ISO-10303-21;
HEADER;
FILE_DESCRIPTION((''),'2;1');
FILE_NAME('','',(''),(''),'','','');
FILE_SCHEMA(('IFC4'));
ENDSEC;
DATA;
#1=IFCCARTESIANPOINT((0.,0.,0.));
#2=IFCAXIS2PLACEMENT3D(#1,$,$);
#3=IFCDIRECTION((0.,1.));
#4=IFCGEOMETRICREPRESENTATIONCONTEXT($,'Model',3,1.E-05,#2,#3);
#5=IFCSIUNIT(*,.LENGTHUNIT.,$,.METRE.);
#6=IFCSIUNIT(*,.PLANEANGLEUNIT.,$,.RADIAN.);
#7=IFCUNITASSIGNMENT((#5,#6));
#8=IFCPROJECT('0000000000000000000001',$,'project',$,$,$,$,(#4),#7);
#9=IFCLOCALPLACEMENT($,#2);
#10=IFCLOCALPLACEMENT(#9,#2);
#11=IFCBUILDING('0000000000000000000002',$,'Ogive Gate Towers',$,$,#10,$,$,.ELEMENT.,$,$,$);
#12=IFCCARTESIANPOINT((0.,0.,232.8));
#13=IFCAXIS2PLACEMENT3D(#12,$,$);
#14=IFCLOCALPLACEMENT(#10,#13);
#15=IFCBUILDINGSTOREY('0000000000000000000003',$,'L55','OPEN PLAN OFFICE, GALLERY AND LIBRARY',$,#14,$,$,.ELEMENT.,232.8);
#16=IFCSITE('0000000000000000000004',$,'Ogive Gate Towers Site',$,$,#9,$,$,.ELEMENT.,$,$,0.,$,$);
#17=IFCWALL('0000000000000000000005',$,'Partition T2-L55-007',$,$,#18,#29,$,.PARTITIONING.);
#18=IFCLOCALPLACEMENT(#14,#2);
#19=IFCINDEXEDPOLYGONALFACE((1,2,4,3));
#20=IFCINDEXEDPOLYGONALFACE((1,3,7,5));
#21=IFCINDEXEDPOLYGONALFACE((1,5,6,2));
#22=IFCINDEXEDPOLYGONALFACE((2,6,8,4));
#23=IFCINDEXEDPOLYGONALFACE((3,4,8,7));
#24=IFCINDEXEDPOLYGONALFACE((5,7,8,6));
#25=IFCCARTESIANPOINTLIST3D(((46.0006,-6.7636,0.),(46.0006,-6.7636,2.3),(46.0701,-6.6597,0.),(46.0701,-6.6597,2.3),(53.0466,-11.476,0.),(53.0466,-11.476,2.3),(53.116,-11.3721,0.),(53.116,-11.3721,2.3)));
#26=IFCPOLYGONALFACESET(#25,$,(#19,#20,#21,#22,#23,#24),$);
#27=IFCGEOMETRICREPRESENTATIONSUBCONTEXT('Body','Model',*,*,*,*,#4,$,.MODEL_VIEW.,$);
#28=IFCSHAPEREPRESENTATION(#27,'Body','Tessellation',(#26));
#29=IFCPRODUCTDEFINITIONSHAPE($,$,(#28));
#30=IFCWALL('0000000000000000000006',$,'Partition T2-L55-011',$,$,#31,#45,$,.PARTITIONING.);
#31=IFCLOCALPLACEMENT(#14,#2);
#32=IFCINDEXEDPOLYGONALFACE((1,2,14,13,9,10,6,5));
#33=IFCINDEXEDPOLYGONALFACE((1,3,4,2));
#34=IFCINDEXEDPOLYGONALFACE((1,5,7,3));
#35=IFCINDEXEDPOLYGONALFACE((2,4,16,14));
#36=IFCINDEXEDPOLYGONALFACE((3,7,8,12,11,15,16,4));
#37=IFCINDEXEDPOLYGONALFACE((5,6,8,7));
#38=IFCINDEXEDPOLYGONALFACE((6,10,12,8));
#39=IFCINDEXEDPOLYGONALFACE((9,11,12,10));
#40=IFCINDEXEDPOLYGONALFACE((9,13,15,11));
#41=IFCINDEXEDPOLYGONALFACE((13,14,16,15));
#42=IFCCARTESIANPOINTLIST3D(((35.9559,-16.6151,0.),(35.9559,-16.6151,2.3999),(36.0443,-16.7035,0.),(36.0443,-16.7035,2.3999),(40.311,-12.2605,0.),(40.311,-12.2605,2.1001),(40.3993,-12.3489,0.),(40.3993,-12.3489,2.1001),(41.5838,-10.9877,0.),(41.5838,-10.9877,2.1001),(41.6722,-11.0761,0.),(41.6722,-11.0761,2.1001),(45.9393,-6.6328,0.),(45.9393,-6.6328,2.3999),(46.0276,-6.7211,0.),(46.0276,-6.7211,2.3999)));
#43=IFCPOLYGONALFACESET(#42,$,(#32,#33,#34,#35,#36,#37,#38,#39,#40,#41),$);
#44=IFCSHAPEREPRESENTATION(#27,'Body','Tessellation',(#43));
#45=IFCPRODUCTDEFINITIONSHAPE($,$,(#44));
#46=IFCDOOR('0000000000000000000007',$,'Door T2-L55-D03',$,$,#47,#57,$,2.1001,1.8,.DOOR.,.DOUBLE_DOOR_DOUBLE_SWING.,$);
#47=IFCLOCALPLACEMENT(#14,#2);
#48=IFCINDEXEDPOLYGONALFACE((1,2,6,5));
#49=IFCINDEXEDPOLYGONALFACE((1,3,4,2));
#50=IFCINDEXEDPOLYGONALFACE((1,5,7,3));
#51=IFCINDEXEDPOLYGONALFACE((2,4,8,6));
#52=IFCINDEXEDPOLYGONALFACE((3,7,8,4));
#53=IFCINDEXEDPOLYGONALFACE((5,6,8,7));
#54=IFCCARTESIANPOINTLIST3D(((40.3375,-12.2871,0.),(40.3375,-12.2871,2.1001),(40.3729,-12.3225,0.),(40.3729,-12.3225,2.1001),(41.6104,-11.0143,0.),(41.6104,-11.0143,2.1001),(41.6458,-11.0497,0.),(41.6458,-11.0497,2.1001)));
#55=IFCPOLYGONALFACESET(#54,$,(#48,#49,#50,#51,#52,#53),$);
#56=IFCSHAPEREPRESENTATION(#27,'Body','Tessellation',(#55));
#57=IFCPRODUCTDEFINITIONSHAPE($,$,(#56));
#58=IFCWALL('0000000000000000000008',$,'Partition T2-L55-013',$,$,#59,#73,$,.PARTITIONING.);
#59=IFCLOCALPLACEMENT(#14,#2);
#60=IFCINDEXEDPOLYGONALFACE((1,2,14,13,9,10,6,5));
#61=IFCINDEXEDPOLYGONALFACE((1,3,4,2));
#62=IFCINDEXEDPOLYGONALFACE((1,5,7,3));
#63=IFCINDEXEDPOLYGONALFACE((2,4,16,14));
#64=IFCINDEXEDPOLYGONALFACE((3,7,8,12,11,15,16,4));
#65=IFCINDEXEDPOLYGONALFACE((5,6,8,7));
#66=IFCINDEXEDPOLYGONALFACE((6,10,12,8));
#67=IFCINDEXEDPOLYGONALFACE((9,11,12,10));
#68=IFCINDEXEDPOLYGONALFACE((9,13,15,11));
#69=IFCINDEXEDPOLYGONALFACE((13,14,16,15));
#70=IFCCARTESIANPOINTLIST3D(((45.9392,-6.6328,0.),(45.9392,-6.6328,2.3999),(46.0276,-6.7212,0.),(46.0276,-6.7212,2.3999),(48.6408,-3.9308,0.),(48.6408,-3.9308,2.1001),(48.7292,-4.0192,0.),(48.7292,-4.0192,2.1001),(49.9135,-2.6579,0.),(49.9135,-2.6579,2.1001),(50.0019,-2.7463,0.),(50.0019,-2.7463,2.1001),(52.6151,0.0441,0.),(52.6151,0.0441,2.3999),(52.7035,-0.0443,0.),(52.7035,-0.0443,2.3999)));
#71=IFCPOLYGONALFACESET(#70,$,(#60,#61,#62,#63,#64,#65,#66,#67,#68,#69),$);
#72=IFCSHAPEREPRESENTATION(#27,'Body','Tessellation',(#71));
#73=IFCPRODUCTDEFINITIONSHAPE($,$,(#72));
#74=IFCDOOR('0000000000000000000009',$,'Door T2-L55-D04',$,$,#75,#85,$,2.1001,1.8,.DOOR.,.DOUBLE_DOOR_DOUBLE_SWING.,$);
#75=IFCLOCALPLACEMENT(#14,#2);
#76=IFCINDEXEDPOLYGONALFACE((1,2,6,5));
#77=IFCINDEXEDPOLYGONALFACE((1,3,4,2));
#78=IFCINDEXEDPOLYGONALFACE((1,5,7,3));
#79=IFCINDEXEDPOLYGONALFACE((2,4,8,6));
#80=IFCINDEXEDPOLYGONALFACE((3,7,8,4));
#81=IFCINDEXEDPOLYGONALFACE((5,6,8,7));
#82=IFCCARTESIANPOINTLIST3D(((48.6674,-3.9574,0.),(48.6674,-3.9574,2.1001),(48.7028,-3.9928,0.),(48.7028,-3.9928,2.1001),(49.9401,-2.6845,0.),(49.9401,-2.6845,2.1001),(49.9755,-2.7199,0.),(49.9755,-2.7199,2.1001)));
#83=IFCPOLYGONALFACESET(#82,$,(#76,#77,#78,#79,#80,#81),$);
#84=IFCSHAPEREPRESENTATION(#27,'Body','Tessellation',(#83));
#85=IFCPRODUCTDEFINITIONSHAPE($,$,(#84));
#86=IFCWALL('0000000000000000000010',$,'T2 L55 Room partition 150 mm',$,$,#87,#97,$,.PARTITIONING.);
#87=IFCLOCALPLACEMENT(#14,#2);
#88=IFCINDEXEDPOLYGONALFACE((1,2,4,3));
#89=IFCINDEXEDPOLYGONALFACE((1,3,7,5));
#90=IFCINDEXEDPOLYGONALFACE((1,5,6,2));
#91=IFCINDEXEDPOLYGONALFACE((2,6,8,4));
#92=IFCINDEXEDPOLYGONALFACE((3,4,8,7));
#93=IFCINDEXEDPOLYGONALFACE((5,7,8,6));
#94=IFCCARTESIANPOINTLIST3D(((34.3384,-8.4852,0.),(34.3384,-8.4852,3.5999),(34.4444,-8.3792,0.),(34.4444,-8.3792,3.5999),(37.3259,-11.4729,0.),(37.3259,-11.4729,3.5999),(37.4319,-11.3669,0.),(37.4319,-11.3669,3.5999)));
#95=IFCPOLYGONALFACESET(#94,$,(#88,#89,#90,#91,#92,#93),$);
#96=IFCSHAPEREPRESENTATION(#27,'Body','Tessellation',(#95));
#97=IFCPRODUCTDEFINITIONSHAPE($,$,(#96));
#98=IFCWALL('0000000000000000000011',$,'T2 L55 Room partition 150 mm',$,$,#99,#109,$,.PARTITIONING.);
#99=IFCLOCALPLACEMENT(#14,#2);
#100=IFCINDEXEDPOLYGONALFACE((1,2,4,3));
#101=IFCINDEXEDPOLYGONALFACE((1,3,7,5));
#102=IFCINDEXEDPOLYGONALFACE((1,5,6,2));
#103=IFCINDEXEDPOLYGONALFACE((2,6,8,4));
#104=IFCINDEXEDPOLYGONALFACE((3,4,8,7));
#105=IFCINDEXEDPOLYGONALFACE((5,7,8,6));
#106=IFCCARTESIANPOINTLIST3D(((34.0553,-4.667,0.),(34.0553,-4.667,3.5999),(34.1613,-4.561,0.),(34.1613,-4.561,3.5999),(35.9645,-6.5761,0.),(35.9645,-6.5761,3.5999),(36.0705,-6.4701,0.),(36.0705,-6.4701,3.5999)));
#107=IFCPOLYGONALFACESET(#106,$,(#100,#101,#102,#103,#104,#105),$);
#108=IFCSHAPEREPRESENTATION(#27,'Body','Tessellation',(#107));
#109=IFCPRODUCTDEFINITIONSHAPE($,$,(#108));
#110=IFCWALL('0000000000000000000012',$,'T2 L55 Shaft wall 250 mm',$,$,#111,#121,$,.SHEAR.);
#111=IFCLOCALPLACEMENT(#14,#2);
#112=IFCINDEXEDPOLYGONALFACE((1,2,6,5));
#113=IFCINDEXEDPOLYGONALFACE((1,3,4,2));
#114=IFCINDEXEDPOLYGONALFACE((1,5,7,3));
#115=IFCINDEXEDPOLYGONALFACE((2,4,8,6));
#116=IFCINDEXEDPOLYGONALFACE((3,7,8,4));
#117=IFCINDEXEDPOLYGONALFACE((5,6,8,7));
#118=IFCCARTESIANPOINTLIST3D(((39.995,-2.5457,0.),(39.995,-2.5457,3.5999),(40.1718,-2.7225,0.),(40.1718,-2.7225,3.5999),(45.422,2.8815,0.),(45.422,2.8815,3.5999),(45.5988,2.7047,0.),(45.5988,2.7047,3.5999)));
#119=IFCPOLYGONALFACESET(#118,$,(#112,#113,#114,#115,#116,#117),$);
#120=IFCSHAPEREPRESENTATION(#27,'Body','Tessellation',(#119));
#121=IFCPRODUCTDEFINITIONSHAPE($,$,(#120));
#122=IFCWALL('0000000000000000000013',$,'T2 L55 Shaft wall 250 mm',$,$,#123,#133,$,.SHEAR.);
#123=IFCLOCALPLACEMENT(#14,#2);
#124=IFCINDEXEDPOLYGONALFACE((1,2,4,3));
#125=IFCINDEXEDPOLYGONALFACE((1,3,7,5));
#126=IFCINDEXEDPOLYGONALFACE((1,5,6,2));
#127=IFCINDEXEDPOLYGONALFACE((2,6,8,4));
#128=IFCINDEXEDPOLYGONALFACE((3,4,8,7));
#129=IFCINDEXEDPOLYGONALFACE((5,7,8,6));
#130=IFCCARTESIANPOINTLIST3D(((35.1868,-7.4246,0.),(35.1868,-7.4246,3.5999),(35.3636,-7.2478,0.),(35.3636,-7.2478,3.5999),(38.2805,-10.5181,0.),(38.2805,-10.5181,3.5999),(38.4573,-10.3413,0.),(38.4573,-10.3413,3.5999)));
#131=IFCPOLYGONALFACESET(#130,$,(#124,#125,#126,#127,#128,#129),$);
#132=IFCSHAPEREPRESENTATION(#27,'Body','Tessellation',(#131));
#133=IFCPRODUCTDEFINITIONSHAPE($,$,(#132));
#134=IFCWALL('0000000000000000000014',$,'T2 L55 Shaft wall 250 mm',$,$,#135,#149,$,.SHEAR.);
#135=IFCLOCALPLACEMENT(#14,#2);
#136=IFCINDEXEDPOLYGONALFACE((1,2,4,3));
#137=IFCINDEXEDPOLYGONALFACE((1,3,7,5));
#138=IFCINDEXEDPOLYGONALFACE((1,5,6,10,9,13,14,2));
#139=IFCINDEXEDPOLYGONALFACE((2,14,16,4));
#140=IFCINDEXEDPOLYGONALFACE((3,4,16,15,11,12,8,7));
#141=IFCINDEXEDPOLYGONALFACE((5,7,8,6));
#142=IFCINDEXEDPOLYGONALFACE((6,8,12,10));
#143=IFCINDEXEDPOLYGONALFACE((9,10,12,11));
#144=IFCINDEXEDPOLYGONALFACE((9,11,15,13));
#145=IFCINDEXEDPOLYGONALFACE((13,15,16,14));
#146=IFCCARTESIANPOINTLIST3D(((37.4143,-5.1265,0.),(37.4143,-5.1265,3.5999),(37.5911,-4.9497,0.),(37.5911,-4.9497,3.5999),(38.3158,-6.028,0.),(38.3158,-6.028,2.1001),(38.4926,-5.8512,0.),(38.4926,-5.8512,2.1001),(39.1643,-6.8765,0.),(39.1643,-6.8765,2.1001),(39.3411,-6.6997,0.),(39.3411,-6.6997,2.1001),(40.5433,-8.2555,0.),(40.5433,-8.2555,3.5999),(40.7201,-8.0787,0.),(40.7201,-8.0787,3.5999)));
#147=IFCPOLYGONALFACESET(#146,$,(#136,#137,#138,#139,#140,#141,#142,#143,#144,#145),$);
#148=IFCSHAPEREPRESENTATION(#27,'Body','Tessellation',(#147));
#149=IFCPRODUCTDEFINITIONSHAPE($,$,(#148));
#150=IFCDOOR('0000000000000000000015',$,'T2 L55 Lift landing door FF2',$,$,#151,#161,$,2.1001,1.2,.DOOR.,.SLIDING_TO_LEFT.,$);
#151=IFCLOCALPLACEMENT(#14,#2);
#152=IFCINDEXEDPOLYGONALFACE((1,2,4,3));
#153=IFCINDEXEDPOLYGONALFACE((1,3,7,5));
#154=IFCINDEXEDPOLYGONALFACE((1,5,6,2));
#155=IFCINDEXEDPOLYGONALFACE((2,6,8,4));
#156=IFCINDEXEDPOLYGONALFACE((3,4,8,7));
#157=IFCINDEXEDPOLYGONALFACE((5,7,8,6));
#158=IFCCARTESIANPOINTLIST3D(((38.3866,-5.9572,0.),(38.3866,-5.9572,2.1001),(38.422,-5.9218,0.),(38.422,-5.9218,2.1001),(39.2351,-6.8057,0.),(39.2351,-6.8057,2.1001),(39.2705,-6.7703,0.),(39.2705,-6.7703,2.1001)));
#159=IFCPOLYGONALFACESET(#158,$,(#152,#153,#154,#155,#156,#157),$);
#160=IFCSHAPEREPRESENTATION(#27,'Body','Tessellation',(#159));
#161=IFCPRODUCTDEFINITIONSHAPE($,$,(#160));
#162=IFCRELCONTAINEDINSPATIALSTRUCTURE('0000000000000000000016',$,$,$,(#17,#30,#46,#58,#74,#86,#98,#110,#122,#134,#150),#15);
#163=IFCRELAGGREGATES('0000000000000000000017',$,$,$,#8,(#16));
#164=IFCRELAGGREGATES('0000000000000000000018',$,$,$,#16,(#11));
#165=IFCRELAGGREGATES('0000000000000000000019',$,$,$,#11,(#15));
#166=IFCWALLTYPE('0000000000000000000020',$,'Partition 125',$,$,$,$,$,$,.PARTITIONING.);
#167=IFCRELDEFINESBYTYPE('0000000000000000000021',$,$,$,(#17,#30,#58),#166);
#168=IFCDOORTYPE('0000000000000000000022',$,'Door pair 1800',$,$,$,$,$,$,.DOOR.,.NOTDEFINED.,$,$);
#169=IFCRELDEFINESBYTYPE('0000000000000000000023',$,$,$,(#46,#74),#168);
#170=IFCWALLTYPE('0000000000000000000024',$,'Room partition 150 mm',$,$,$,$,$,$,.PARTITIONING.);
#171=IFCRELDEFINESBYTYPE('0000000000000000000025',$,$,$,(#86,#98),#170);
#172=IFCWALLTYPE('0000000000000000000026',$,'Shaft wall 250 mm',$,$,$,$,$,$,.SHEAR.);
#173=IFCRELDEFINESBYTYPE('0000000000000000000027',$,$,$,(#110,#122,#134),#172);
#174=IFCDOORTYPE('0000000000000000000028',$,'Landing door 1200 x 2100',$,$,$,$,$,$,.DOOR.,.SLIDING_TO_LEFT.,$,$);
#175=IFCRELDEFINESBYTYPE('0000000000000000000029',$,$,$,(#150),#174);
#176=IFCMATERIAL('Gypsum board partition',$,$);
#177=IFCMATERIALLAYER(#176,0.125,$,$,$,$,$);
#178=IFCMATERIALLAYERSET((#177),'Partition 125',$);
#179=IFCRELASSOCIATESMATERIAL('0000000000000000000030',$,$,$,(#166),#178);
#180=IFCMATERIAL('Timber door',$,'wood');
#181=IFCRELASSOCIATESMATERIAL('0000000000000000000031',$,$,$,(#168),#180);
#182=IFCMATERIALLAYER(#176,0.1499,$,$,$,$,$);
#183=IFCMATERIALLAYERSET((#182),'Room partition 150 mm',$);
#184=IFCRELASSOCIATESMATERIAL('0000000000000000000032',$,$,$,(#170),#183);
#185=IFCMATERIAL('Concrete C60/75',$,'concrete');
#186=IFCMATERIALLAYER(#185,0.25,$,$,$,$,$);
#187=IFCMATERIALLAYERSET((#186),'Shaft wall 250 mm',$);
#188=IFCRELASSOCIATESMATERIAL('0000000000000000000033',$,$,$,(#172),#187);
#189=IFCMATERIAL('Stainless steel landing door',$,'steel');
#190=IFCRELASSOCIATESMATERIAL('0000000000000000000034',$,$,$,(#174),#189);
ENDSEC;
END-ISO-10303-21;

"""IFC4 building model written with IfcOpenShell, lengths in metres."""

from ifc_helpers import new_model, si_unit, direction, frame, frame_2d, origin, place, context, subcontext, project, spatial, rectangle, extrude, material, layer, layer_set, type_object, element, fill, save


model = new_model("IFC4")

# Units and contexts
model_context = context("Model", 3, precision=1e-05, world=origin(), true_north=direction((0.0, 1.0)))
body_context = subcontext(model_context, "Body", "Model", "MODEL_VIEW")
ifc_project = project(units=[si_unit("LENGTHUNIT", "METRE"), si_unit("PLANEANGLEUNIT", "RADIAN")], contexts=[model_context])

# Site, building, storey
site_placement = place(None, origin())
site = spatial("IfcSite", under=ifc_project, at=site_placement, Name="Ogive Gate Towers Site", CompositionType="ELEMENT", RefElevation=0.0)
building_placement = place(site_placement, origin())
building = spatial("IfcBuilding", under=site, at=building_placement, Name="Ogive Gate Towers", CompositionType="ELEMENT")
storey_placement = place(building_placement, frame((0.0, 0.0, 232.8)))
storey = spatial("IfcBuildingStorey", under=building, at=storey_placement, Name="L55", Description="OPEN PLAN OFFICE, GALLERY AND LIBRARY", CompositionType="ELEMENT", Elevation=232.8)

# Shared definitions
ifc_material_1 = material(Name="Concrete C60/75", Category="concrete")
ifc_material_2 = material(Name="Timber door", Category="wood")

# Wall
ifc_material_3 = material(Name="Gypsum board partition")
ifc_layer_1 = layer(ifc_material_3, 0.125)
ifc_layer_set_1 = layer_set([ifc_layer_1], Name="Partition 125")
wall_type_1 = type_object("IfcWallType", Name="Partition 125", PredefinedType="PARTITIONING", material=ifc_layer_set_1)
wall_1_placement = place(storey_placement, frame((53.0813, -11.4241, 0.0), z_axis=(0.0, 0.0, 1.0), x_axis=(-0.831225, 0.555936, 0.0)))
element("IfcWall", 1, at=wall_1_placement, inside=storey, type_object=wall_type_1, Name="Partition T2-L55-007", PredefinedType="PARTITIONING", context=body_context, shape_type="SweptSolid", body=[
    extrude(rectangle(XDim=8.4766, YDim=0.125, at=frame_2d((4.2383, 0.0))), origin(), (0.0, 0.0, 1.0), 2.3),
])

# Walls, openings, doors
wall_2_placement = place(storey_placement, frame((36.0, -16.6594, 0.0), z_axis=(0.0, 0.0, 1.0), x_axis=(0.707141, 0.707072, 0.0)))
wall_2 = element("IfcWall", 2, at=wall_2_placement, inside=storey, type_object=wall_type_1, Name="Partition T2-L55-011", PredefinedType="PARTITIONING", context=body_context, shape_type="SweptSolid", body=[
    extrude(rectangle(XDim=14.1179, YDim=0.125, at=frame_2d((7.0591, 0.0))), origin(), (0.0, 0.0, 1.0), 2.3999),
])
opening_1_placement = place(wall_2_placement, frame((6.1589, 0.0, 0.0)))
opening_1 = element("IfcOpeningElement", 3, at=opening_1_placement, cuts=wall_2, PredefinedType="OPENING", context=body_context, shape_type="SweptSolid", body=[
    extrude(rectangle(XDim=1.8, YDim=2.1001, at=frame_2d((0.8999, 1.05))), frame((0.0, 0.0725, 0.0), z_axis=(0.0, -1.0, 0.0), x_axis=(1.0, 0.0, 0.0)), (0.0, 0.0, 1.0), 0.145),
])
door_type_1 = type_object("IfcDoorType", Name="Door pair 1800", OperationType="NOTDEFINED", PredefinedType="DOOR", material=ifc_material_2)
door_1_placement = place(opening_1_placement, origin())
door_1 = element("IfcDoor", 4, at=door_1_placement, inside=storey, type_object=door_type_1, Name="Door T2-L55-D03", OperationType="DOUBLE_DOOR_DOUBLE_SWING", OverallHeight=2.1001, OverallWidth=1.8, PredefinedType="DOOR", context=body_context, shape_type="SweptSolid", body=[
    extrude(rectangle(XDim=1.8, YDim=2.1001, at=frame_2d((0.8999, 1.05))), frame((0.0, 0.0249, 0.0), z_axis=(0.0, -1.0, 0.0), x_axis=(1.0, 0.0, 0.0)), (0.0, 0.0, 1.0), 0.05),
])
fill(opening_1, door_1)
wall_3_placement = place(storey_placement, frame((45.9834, -6.677, 0.0), z_axis=(0.0, 0.0, 1.0), x_axis=(0.707055, 0.707158, 0.0)))
wall_3 = element("IfcWall", 5, at=wall_3_placement, inside=storey, type_object=wall_type_1, Name="Partition T2-L55-013", PredefinedType="PARTITIONING", context=body_context, shape_type="SweptSolid", body=[
    extrude(rectangle(XDim=9.4419, YDim=0.125, at=frame_2d((4.7209, 0.0))), origin(), (0.0, 0.0, 1.0), 2.3999),
])
opening_2_placement = place(wall_3_placement, frame((3.821, 0.0, 0.0)))
opening_2 = element("IfcOpeningElement", 6, at=opening_2_placement, cuts=wall_3, PredefinedType="OPENING", context=body_context, shape_type="SweptSolid", body=[
    extrude(rectangle(XDim=1.8, YDim=2.1001, at=frame_2d((0.8999, 1.05))), frame((0.0, 0.0725, 0.0), z_axis=(0.0, -1.0, 0.0), x_axis=(1.0, 0.0, 0.0)), (0.0, 0.0, 1.0), 0.145),
])
door_2_placement = place(opening_2_placement, origin())
door_2 = element("IfcDoor", 7, at=door_2_placement, inside=storey, type_object=door_type_1, Name="Door T2-L55-D04", OperationType="DOUBLE_DOOR_DOUBLE_SWING", OverallHeight=2.1001, OverallWidth=1.8, PredefinedType="DOOR", context=body_context, shape_type="SweptSolid", body=[
    extrude(rectangle(XDim=1.8, YDim=2.1001, at=frame_2d((0.8999, 1.05))), frame((0.0, 0.0249, 0.0), z_axis=(0.0, -1.0, 0.0), x_axis=(1.0, 0.0, 0.0)), (0.0, 0.0, 1.0), 0.05),
])
fill(opening_2, door_2)

# Walls
ifc_layer_2 = layer(ifc_material_3, 0.1499)
ifc_layer_set_2 = layer_set([ifc_layer_2], Name="Room partition 150 mm")
wall_type_2 = type_object("IfcWallType", Name="Room partition 150 mm", PredefinedType="PARTITIONING", material=ifc_layer_set_2)
wall_4_placement = place(storey_placement, frame((37.3789, -11.4199, 0.0), z_axis=(0.0, 0.0, 1.0), x_axis=(-0.707078, 0.707136, 0.0)))
element("IfcWall", 8, at=wall_4_placement, inside=storey, type_object=wall_type_2, Name="T2 L55 Room partition 150 mm", PredefinedType="PARTITIONING", context=body_context, shape_type="SweptSolid", body=[
    extrude(rectangle(XDim=4.2251, YDim=0.1499, at=frame_2d((2.1125, 0.0))), origin(), (0.0, 0.0, 1.0), 3.5999),
])
wall_5_placement = place(storey_placement, frame((36.0176, -6.5232, 0.0), z_axis=(0.0, 0.0, 1.0), x_axis=(-0.707107, 0.707107, 0.0)))
element("IfcWall", 9, at=wall_5_placement, inside=storey, type_object=wall_type_2, Name="T2 L55 Room partition 150 mm", PredefinedType="PARTITIONING", context=body_context, shape_type="SweptSolid", body=[
    extrude(rectangle(XDim=2.7, YDim=0.1499, at=frame_2d((1.3501, 0.0))), origin(), (0.0, 0.0, 1.0), 3.5999),
])
ifc_layer_3 = layer(ifc_material_1, 0.25)
ifc_layer_set_3 = layer_set([ifc_layer_3], Name="Shaft wall 250 mm")
wall_type_3 = type_object("IfcWallType", Name="Shaft wall 250 mm", PredefinedType="SHEAR", material=ifc_layer_set_3)
wall_6_placement = place(storey_placement, frame((40.0835, -2.634, 0.0), z_axis=(0.0, 0.0, 1.0), x_axis=(0.707091, 0.707123, 0.0)))
element("IfcWall", 10, at=wall_6_placement, inside=storey, type_object=wall_type_3, Name="T2 L55 Shaft wall 250 mm", PredefinedType="SHEAR", context=body_context, shape_type="SweptSolid", body=[
    extrude(rectangle(XDim=7.675, YDim=0.25, at=frame_2d((3.8374, 0.0))), origin(), (0.0, 0.0, 1.0), 3.5999),
])
wall_7_placement = place(storey_placement, frame((38.3689, -10.4297, 0.0), z_axis=(0.0, 0.0, 1.0), x_axis=(-0.707135, 0.707079, 0.0)))
element("IfcWall", 11, at=wall_7_placement, inside=storey, type_object=wall_type_3, Name="T2 L55 Shaft wall 250 mm", PredefinedType="SHEAR", context=body_context, shape_type="SweptSolid", body=[
    extrude(rectangle(XDim=4.375, YDim=0.25, at=frame_2d((2.1875, 0.0))), origin(), (0.0, 0.0, 1.0), 3.5999),
])

# Wall, opening, door
wall_8_placement = place(storey_placement, frame((40.6316, -8.167, 0.0), z_axis=(0.0, 0.0, 1.0), x_axis=(-0.707107, 0.707107, 0.0)))
wall_8 = element("IfcWall", 12, at=wall_8_placement, inside=storey, type_object=wall_type_3, Name="T2 L55 Shaft wall 250 mm", PredefinedType="SHEAR", context=body_context, shape_type="SweptSolid", body=[
    extrude(rectangle(XDim=4.425, YDim=0.25, at=frame_2d((2.2124, 0.0))), origin(), (0.0, 0.0, 1.0), 3.5999),
])
opening_3_placement = place(wall_8_placement, frame((1.95, 0.0, 0.0)))
opening_3 = element("IfcOpeningElement", 13, at=opening_3_placement, cuts=wall_8, PredefinedType="OPENING", context=body_context, shape_type="SweptSolid", body=[
    extrude(rectangle(XDim=1.2, YDim=2.1001, at=frame_2d((0.6001, 1.05))), frame((0.0, 0.135, 0.0), z_axis=(0.0, -1.0, 0.0), x_axis=(1.0, 0.0, 0.0)), (0.0, 0.0, 1.0), 0.27),
])
ifc_material_4 = material(Name="Stainless steel landing door", Category="steel")
door_type_2 = type_object("IfcDoorType", Name="Landing door 1200 x 2100", OperationType="SLIDING_TO_LEFT", PredefinedType="DOOR", material=ifc_material_4)
door_3_placement = place(opening_3_placement, origin())
door_3 = element("IfcDoor", 14, at=door_3_placement, inside=storey, type_object=door_type_2, Name="T2 L55 Lift landing door FF2", OperationType="SLIDING_TO_LEFT", OverallHeight=2.1001, OverallWidth=1.2, PredefinedType="DOOR", context=body_context, shape_type="SweptSolid", body=[
    extrude(rectangle(XDim=1.2, YDim=2.1001, at=frame_2d((0.6001, 1.05))), frame((0.0, 0.0249, 0.0), z_axis=(0.0, -1.0, 0.0), x_axis=(1.0, 0.0, 0.0)), (0.0, 0.0, 1.0), 0.05),
])
fill(opening_3, door_3)

save(model, "model.ifc")
